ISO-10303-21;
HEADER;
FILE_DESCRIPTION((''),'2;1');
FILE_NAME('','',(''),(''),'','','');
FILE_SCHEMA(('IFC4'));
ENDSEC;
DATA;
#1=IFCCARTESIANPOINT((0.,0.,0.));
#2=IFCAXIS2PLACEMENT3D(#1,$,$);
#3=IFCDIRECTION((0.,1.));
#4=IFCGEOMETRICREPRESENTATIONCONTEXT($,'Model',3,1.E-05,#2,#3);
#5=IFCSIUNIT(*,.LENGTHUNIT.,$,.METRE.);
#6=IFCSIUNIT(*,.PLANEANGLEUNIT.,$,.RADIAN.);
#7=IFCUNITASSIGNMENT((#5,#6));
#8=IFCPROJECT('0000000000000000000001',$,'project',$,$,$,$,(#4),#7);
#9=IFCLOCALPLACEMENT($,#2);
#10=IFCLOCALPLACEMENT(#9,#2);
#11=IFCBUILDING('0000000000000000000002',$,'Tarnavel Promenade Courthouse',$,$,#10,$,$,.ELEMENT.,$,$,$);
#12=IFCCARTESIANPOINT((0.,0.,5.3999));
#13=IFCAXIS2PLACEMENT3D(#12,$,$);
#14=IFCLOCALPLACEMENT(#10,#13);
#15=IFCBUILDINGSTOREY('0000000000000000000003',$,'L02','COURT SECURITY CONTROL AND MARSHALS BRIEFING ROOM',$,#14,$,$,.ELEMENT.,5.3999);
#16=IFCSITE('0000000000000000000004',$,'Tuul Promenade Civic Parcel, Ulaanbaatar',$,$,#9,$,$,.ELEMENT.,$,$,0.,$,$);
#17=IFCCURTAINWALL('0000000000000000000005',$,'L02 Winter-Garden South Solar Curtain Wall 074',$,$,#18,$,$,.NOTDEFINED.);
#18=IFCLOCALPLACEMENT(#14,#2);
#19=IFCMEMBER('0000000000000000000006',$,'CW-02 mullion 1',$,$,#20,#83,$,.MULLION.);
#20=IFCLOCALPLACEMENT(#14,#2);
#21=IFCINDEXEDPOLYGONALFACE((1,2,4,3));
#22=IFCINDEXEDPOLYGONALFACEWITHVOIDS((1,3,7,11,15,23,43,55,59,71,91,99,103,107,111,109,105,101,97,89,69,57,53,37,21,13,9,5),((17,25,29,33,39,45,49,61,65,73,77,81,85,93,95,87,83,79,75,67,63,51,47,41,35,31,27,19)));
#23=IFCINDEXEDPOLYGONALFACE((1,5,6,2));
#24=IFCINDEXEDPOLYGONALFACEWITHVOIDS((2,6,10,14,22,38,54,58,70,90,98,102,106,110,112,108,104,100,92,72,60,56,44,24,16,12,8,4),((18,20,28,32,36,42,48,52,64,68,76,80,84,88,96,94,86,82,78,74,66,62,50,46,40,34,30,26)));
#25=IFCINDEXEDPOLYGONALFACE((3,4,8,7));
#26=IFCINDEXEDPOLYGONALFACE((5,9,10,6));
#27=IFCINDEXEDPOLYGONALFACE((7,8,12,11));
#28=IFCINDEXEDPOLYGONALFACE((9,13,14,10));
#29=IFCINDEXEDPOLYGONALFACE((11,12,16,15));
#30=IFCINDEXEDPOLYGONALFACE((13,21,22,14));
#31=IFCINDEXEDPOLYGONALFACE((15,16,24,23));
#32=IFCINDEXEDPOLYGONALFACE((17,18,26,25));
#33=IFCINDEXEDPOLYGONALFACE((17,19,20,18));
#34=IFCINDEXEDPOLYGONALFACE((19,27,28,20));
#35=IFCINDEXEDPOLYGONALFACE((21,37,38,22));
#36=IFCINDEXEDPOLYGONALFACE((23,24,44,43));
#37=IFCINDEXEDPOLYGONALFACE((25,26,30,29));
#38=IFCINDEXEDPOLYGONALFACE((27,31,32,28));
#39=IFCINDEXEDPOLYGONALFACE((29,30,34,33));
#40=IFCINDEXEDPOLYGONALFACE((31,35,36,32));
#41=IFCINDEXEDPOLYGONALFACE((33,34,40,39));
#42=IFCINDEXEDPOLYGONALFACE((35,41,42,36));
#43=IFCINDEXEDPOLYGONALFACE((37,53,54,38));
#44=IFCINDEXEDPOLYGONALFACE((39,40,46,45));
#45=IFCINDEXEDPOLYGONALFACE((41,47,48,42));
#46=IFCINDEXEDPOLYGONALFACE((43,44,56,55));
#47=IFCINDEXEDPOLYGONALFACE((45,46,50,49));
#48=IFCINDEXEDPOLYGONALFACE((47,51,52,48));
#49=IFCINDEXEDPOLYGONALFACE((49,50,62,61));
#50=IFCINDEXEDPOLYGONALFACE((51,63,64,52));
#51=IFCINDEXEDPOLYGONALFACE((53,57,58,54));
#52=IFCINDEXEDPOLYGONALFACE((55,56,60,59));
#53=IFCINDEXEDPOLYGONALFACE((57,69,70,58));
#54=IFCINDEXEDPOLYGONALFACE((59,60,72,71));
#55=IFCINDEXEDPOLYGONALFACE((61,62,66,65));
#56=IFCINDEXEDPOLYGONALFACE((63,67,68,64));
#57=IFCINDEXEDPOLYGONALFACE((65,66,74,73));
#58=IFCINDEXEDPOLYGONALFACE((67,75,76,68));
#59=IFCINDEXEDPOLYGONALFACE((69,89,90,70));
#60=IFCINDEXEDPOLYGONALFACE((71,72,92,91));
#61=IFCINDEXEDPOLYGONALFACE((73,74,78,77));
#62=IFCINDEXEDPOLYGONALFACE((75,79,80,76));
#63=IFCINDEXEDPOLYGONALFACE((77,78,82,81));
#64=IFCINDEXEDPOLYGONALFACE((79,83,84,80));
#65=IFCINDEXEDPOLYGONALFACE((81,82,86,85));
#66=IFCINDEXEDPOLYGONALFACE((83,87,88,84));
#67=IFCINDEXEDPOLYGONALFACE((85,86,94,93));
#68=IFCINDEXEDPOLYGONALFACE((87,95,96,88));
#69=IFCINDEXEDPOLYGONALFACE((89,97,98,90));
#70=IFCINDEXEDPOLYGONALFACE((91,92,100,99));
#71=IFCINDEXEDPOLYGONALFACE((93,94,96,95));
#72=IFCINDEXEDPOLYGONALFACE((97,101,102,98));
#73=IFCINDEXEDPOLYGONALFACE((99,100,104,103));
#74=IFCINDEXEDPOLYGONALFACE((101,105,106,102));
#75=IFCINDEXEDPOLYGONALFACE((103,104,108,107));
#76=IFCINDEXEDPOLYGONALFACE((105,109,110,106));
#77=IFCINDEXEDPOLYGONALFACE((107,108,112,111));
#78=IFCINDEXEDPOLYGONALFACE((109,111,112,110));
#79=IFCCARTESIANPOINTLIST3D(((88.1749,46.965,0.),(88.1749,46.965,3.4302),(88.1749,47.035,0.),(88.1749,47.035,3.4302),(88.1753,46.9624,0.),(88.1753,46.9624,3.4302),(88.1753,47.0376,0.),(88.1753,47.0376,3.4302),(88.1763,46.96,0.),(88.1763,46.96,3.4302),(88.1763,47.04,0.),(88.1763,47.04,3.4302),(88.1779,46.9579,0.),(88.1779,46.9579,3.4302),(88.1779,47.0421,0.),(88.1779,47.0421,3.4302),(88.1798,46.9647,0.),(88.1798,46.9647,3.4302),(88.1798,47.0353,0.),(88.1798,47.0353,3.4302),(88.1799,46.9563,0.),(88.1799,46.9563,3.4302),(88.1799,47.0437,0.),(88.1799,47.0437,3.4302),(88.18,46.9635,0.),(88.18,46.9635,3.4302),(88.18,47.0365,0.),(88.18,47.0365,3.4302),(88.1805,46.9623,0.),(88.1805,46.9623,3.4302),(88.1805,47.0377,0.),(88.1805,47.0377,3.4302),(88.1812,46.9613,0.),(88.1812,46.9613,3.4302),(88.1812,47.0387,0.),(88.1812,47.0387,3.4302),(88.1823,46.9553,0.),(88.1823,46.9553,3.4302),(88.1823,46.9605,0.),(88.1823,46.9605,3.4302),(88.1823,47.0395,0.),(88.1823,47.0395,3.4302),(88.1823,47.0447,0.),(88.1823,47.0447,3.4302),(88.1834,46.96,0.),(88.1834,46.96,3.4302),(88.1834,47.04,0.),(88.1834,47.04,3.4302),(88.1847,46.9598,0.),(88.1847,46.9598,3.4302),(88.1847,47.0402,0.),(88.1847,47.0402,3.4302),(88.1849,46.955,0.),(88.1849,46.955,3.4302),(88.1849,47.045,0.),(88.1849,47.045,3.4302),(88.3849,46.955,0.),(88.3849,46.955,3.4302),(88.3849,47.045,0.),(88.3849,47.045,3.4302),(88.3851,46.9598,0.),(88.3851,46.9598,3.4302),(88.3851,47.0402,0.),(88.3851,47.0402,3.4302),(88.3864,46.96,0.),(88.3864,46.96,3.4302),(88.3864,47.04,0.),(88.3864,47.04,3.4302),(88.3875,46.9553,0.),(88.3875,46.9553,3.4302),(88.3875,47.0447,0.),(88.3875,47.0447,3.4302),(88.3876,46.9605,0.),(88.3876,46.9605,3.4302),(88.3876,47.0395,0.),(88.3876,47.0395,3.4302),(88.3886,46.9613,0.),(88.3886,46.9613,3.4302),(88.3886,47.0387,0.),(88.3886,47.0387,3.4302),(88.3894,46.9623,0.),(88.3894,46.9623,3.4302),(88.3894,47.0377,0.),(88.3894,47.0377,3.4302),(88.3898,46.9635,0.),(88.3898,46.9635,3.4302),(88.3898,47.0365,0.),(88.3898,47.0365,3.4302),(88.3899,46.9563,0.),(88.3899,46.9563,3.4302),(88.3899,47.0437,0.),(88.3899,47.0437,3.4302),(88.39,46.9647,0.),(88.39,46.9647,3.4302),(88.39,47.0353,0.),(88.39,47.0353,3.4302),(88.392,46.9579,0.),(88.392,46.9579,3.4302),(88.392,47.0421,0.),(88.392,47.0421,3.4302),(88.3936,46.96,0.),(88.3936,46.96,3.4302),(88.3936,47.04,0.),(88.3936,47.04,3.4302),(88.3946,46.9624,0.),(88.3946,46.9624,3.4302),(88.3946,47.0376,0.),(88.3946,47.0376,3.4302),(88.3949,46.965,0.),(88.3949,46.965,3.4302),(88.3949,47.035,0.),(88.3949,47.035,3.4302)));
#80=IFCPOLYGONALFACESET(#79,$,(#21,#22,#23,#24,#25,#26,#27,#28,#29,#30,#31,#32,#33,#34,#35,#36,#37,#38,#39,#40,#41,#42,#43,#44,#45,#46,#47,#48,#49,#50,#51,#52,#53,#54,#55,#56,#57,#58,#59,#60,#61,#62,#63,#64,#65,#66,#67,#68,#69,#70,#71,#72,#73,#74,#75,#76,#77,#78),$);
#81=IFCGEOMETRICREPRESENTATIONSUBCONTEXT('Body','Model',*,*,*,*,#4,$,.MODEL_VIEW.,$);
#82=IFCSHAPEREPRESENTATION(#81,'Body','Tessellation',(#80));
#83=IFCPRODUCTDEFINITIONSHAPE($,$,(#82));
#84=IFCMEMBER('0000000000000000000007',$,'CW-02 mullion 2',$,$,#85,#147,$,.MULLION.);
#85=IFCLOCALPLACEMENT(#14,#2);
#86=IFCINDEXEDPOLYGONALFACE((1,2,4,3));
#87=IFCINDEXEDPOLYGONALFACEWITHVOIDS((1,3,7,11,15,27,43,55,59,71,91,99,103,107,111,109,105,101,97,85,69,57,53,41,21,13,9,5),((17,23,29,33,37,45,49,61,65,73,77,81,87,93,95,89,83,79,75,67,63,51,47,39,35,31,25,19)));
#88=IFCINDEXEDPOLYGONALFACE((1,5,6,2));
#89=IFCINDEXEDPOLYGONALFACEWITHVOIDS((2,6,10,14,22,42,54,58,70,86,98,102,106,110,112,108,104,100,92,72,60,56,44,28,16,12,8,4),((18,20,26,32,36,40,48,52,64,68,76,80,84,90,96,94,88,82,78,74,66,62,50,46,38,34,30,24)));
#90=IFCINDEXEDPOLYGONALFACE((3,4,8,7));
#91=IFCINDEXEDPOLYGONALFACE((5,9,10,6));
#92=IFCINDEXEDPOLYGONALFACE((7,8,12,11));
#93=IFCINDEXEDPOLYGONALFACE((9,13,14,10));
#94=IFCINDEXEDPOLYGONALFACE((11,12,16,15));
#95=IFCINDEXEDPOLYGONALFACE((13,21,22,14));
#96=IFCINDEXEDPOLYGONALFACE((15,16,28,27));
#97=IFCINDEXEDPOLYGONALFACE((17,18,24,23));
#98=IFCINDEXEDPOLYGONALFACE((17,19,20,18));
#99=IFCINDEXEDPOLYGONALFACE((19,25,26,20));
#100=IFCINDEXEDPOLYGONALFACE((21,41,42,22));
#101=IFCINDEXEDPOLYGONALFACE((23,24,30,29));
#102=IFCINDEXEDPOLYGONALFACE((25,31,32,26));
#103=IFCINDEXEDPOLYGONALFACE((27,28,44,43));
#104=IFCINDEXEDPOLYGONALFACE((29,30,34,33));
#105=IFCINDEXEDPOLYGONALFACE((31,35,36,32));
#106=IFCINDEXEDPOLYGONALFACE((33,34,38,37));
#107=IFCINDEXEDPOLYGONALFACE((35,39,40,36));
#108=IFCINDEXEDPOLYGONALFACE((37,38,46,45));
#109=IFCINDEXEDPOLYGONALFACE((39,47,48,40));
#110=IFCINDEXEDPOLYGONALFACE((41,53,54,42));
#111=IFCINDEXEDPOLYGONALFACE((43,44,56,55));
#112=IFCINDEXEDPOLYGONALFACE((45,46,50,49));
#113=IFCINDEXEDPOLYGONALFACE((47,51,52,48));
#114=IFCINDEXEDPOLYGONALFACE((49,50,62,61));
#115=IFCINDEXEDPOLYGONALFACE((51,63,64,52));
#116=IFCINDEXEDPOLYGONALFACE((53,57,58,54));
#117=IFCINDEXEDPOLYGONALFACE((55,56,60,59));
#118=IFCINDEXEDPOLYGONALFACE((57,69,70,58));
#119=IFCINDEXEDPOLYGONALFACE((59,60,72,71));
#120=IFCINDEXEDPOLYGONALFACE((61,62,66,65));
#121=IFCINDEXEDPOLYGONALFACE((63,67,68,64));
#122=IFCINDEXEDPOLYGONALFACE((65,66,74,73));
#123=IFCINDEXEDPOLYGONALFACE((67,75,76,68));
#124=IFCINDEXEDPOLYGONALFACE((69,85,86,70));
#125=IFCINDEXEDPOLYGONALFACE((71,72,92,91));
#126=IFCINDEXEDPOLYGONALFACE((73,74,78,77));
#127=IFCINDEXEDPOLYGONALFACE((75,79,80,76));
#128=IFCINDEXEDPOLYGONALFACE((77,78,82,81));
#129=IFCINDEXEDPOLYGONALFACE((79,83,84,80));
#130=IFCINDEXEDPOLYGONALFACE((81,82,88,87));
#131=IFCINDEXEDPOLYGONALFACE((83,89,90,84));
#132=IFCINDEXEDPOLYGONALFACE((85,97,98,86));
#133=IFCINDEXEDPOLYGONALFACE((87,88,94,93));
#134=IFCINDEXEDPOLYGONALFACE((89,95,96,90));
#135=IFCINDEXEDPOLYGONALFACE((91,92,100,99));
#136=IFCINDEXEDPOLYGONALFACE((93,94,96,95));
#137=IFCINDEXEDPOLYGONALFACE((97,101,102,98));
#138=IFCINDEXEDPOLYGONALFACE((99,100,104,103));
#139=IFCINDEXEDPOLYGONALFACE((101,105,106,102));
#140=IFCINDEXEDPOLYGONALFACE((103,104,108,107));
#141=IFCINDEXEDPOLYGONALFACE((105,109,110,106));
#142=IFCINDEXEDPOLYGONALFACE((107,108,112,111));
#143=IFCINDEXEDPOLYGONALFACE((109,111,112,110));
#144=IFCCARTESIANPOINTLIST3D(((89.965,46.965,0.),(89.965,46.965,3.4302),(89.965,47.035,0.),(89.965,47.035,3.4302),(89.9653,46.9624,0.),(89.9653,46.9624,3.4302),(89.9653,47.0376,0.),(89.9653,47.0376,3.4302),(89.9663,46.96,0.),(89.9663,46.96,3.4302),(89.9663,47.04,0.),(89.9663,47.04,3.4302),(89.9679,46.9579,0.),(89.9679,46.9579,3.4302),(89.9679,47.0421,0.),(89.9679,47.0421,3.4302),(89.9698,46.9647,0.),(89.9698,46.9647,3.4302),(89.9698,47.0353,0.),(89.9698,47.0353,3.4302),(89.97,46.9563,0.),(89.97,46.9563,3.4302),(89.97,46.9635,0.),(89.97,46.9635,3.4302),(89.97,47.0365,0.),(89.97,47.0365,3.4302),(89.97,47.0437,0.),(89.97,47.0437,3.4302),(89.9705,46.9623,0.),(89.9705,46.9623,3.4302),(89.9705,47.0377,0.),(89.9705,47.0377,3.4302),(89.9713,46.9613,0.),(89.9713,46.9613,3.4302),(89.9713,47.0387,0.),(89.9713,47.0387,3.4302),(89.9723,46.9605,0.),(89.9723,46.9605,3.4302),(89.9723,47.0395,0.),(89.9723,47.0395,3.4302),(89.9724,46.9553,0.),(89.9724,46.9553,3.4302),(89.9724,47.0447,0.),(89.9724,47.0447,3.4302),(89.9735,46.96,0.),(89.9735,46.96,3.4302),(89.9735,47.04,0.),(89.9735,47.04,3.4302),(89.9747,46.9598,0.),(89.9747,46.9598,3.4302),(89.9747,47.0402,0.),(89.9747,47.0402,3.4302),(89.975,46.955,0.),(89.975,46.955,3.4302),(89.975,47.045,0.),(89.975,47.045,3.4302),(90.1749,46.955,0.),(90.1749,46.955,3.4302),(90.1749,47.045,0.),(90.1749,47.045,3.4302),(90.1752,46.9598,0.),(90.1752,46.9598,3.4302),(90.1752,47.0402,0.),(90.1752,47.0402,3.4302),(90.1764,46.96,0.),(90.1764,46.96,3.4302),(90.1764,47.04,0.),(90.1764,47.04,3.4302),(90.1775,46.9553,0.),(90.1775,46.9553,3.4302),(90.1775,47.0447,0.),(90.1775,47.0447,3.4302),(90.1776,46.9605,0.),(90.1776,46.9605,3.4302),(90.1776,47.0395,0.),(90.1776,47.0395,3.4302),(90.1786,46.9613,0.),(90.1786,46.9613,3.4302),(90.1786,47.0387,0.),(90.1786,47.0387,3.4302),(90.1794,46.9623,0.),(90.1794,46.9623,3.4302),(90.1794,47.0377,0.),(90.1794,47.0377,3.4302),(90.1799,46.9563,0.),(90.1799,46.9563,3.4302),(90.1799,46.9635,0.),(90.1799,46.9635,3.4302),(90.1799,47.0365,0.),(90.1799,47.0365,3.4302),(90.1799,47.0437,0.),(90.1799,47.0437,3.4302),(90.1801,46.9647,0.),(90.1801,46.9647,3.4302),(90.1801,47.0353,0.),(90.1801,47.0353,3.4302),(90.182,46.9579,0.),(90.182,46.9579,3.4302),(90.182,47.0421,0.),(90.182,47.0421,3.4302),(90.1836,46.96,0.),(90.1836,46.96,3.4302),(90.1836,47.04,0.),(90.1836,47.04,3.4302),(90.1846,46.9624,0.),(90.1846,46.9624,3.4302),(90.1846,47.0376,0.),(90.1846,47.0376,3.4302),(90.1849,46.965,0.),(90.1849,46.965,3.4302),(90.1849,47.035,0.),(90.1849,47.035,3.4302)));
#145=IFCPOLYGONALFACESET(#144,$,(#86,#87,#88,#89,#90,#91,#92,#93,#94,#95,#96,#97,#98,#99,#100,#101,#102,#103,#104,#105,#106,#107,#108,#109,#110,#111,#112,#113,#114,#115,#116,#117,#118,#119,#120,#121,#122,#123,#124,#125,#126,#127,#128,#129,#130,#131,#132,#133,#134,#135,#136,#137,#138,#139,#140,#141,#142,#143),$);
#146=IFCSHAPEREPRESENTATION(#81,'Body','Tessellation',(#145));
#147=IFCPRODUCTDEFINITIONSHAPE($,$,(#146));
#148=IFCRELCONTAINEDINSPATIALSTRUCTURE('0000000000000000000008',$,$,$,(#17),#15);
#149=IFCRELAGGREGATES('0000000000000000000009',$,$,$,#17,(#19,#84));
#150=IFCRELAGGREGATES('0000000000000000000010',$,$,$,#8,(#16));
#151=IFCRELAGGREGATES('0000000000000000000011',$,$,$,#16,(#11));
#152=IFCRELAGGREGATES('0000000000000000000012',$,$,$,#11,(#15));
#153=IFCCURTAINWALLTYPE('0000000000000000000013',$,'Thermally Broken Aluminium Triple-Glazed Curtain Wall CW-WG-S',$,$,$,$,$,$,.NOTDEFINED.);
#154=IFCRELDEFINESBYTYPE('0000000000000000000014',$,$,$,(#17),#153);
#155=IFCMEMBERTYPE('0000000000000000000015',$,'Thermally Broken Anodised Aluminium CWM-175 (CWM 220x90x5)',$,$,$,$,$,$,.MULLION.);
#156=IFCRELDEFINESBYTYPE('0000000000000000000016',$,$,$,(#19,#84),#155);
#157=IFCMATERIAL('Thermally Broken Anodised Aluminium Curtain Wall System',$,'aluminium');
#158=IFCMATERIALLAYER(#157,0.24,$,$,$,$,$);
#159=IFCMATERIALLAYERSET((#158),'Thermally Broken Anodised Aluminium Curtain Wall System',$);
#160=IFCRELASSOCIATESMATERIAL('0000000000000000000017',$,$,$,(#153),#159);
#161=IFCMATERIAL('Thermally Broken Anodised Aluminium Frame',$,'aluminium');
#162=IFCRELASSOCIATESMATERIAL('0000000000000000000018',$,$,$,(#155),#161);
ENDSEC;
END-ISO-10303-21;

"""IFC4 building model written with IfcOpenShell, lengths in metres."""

from ifc_helpers import new_model, si_unit, direction, frame, origin, origin_2d, place, context, subcontext, project, spatial, hollow_rectangle, extrude, material, layer, layer_set, material_profile, profile_set, type_object, element, aggregate, save


model = new_model("IFC4")

# Units and contexts
model_context = context("Model", 3, precision=1e-05, world=origin(), true_north=direction((0.0, 1.0)))
body_context = subcontext(model_context, "Body", "Model", "MODEL_VIEW")
ifc_project = project(units=[si_unit("LENGTHUNIT", "METRE"), si_unit("PLANEANGLEUNIT", "RADIAN")], contexts=[model_context])

# Site, building, storey
site_placement = place(None, origin())
site = spatial("IfcSite", under=ifc_project, at=site_placement, Name="Tuul Promenade Civic Parcel, Ulaanbaatar", CompositionType="ELEMENT", RefElevation=0.0)
building_placement = place(site_placement, origin())
building = spatial("IfcBuilding", under=site, at=building_placement, Name="Tarnavel Promenade Courthouse", CompositionType="ELEMENT")
storey_placement = place(building_placement, frame((0.0, 0.0, 5.3999)))
storey = spatial("IfcBuildingStorey", under=building, at=storey_placement, Name="L02", Description="COURT SECURITY CONTROL AND MARSHALS BRIEFING ROOM", CompositionType="ELEMENT", Elevation=5.3999)

# Shared definitions
ifc_material_1 = material(Name="Thermally Broken Anodised Aluminium Curtain Wall System", Category="aluminium")
ifc_layer_1 = layer(ifc_material_1, 0.24)
ifc_layer_set_1 = layer_set([ifc_layer_1], Name="Thermally Broken Anodised Aluminium Curtain Wall System")
curtain_wall_type = type_object("IfcCurtainWallType", Name="Thermally Broken Aluminium Triple-Glazed Curtain Wall CW-WG-S", PredefinedType="NOTDEFINED", material=ifc_layer_set_1)
ifc_material_2 = material(Name="Thermally Broken Anodised Aluminium Frame", Category="aluminium")
ifc_material_profile_1 = material_profile(ifc_material_2, hollow_rectangle(XDim=0.0901, YDim=0.22, WallThickness=0.0049, InnerFilletRadius=0.0049, OuterFilletRadius=0.01, at=origin_2d()), Name="CWM 220x90x5")
ifc_profile_set_1 = profile_set([ifc_material_profile_1], Name="Thermally Broken Anodised Aluminium Frame")
member_type_1 = type_object("IfcMemberType", Name="Thermally Broken Anodised Aluminium CWM-175 (CWM 220x90x5)", PredefinedType="MULLION", material=ifc_profile_set_1)

# Curtain wall, members
curtain_wall_1_placement = place(storey_placement, origin())
curtain_wall_1 = element("IfcCurtainWall", 1, at=curtain_wall_1_placement, inside=storey, type_object=curtain_wall_type, Name="L02 Winter-Garden South Solar Curtain Wall 074", PredefinedType="NOTDEFINED")
member_1_placement = place(storey_placement, frame((88.2849, 47.0, 0.0), z_axis=(0.0, 0.0, 1.0), x_axis=(0.0, 1.0, 0.0)))
member_1 = element("IfcMember", 2, at=member_1_placement, type_object=member_type_1, Name="CW-02 mullion 1", PredefinedType="MULLION", context=body_context, shape_type="SweptSolid", body=[
    extrude(hollow_rectangle(XDim=0.0901, YDim=0.22, WallThickness=0.0049, InnerFilletRadius=0.0049, OuterFilletRadius=0.01, at=origin_2d()), origin(), (0.0, 0.0, 1.0), 3.4302),
])
member_2_placement = place(storey_placement, frame((90.075, 47.0, 0.0), z_axis=(0.0, 0.0, 1.0), x_axis=(0.0, 1.0, 0.0)))
member_2 = element("IfcMember", 3, at=member_2_placement, type_object=member_type_1, Name="CW-02 mullion 2", PredefinedType="MULLION", context=body_context, shape_type="SweptSolid", body=[
    extrude(hollow_rectangle(XDim=0.0901, YDim=0.22, WallThickness=0.0049, InnerFilletRadius=0.0049, OuterFilletRadius=0.01, at=origin_2d()), origin(), (0.0, 0.0, 1.0), 3.4302),
])

aggregate(curtain_wall_1, [member_1, member_2])

save(model, "model.ifc")
